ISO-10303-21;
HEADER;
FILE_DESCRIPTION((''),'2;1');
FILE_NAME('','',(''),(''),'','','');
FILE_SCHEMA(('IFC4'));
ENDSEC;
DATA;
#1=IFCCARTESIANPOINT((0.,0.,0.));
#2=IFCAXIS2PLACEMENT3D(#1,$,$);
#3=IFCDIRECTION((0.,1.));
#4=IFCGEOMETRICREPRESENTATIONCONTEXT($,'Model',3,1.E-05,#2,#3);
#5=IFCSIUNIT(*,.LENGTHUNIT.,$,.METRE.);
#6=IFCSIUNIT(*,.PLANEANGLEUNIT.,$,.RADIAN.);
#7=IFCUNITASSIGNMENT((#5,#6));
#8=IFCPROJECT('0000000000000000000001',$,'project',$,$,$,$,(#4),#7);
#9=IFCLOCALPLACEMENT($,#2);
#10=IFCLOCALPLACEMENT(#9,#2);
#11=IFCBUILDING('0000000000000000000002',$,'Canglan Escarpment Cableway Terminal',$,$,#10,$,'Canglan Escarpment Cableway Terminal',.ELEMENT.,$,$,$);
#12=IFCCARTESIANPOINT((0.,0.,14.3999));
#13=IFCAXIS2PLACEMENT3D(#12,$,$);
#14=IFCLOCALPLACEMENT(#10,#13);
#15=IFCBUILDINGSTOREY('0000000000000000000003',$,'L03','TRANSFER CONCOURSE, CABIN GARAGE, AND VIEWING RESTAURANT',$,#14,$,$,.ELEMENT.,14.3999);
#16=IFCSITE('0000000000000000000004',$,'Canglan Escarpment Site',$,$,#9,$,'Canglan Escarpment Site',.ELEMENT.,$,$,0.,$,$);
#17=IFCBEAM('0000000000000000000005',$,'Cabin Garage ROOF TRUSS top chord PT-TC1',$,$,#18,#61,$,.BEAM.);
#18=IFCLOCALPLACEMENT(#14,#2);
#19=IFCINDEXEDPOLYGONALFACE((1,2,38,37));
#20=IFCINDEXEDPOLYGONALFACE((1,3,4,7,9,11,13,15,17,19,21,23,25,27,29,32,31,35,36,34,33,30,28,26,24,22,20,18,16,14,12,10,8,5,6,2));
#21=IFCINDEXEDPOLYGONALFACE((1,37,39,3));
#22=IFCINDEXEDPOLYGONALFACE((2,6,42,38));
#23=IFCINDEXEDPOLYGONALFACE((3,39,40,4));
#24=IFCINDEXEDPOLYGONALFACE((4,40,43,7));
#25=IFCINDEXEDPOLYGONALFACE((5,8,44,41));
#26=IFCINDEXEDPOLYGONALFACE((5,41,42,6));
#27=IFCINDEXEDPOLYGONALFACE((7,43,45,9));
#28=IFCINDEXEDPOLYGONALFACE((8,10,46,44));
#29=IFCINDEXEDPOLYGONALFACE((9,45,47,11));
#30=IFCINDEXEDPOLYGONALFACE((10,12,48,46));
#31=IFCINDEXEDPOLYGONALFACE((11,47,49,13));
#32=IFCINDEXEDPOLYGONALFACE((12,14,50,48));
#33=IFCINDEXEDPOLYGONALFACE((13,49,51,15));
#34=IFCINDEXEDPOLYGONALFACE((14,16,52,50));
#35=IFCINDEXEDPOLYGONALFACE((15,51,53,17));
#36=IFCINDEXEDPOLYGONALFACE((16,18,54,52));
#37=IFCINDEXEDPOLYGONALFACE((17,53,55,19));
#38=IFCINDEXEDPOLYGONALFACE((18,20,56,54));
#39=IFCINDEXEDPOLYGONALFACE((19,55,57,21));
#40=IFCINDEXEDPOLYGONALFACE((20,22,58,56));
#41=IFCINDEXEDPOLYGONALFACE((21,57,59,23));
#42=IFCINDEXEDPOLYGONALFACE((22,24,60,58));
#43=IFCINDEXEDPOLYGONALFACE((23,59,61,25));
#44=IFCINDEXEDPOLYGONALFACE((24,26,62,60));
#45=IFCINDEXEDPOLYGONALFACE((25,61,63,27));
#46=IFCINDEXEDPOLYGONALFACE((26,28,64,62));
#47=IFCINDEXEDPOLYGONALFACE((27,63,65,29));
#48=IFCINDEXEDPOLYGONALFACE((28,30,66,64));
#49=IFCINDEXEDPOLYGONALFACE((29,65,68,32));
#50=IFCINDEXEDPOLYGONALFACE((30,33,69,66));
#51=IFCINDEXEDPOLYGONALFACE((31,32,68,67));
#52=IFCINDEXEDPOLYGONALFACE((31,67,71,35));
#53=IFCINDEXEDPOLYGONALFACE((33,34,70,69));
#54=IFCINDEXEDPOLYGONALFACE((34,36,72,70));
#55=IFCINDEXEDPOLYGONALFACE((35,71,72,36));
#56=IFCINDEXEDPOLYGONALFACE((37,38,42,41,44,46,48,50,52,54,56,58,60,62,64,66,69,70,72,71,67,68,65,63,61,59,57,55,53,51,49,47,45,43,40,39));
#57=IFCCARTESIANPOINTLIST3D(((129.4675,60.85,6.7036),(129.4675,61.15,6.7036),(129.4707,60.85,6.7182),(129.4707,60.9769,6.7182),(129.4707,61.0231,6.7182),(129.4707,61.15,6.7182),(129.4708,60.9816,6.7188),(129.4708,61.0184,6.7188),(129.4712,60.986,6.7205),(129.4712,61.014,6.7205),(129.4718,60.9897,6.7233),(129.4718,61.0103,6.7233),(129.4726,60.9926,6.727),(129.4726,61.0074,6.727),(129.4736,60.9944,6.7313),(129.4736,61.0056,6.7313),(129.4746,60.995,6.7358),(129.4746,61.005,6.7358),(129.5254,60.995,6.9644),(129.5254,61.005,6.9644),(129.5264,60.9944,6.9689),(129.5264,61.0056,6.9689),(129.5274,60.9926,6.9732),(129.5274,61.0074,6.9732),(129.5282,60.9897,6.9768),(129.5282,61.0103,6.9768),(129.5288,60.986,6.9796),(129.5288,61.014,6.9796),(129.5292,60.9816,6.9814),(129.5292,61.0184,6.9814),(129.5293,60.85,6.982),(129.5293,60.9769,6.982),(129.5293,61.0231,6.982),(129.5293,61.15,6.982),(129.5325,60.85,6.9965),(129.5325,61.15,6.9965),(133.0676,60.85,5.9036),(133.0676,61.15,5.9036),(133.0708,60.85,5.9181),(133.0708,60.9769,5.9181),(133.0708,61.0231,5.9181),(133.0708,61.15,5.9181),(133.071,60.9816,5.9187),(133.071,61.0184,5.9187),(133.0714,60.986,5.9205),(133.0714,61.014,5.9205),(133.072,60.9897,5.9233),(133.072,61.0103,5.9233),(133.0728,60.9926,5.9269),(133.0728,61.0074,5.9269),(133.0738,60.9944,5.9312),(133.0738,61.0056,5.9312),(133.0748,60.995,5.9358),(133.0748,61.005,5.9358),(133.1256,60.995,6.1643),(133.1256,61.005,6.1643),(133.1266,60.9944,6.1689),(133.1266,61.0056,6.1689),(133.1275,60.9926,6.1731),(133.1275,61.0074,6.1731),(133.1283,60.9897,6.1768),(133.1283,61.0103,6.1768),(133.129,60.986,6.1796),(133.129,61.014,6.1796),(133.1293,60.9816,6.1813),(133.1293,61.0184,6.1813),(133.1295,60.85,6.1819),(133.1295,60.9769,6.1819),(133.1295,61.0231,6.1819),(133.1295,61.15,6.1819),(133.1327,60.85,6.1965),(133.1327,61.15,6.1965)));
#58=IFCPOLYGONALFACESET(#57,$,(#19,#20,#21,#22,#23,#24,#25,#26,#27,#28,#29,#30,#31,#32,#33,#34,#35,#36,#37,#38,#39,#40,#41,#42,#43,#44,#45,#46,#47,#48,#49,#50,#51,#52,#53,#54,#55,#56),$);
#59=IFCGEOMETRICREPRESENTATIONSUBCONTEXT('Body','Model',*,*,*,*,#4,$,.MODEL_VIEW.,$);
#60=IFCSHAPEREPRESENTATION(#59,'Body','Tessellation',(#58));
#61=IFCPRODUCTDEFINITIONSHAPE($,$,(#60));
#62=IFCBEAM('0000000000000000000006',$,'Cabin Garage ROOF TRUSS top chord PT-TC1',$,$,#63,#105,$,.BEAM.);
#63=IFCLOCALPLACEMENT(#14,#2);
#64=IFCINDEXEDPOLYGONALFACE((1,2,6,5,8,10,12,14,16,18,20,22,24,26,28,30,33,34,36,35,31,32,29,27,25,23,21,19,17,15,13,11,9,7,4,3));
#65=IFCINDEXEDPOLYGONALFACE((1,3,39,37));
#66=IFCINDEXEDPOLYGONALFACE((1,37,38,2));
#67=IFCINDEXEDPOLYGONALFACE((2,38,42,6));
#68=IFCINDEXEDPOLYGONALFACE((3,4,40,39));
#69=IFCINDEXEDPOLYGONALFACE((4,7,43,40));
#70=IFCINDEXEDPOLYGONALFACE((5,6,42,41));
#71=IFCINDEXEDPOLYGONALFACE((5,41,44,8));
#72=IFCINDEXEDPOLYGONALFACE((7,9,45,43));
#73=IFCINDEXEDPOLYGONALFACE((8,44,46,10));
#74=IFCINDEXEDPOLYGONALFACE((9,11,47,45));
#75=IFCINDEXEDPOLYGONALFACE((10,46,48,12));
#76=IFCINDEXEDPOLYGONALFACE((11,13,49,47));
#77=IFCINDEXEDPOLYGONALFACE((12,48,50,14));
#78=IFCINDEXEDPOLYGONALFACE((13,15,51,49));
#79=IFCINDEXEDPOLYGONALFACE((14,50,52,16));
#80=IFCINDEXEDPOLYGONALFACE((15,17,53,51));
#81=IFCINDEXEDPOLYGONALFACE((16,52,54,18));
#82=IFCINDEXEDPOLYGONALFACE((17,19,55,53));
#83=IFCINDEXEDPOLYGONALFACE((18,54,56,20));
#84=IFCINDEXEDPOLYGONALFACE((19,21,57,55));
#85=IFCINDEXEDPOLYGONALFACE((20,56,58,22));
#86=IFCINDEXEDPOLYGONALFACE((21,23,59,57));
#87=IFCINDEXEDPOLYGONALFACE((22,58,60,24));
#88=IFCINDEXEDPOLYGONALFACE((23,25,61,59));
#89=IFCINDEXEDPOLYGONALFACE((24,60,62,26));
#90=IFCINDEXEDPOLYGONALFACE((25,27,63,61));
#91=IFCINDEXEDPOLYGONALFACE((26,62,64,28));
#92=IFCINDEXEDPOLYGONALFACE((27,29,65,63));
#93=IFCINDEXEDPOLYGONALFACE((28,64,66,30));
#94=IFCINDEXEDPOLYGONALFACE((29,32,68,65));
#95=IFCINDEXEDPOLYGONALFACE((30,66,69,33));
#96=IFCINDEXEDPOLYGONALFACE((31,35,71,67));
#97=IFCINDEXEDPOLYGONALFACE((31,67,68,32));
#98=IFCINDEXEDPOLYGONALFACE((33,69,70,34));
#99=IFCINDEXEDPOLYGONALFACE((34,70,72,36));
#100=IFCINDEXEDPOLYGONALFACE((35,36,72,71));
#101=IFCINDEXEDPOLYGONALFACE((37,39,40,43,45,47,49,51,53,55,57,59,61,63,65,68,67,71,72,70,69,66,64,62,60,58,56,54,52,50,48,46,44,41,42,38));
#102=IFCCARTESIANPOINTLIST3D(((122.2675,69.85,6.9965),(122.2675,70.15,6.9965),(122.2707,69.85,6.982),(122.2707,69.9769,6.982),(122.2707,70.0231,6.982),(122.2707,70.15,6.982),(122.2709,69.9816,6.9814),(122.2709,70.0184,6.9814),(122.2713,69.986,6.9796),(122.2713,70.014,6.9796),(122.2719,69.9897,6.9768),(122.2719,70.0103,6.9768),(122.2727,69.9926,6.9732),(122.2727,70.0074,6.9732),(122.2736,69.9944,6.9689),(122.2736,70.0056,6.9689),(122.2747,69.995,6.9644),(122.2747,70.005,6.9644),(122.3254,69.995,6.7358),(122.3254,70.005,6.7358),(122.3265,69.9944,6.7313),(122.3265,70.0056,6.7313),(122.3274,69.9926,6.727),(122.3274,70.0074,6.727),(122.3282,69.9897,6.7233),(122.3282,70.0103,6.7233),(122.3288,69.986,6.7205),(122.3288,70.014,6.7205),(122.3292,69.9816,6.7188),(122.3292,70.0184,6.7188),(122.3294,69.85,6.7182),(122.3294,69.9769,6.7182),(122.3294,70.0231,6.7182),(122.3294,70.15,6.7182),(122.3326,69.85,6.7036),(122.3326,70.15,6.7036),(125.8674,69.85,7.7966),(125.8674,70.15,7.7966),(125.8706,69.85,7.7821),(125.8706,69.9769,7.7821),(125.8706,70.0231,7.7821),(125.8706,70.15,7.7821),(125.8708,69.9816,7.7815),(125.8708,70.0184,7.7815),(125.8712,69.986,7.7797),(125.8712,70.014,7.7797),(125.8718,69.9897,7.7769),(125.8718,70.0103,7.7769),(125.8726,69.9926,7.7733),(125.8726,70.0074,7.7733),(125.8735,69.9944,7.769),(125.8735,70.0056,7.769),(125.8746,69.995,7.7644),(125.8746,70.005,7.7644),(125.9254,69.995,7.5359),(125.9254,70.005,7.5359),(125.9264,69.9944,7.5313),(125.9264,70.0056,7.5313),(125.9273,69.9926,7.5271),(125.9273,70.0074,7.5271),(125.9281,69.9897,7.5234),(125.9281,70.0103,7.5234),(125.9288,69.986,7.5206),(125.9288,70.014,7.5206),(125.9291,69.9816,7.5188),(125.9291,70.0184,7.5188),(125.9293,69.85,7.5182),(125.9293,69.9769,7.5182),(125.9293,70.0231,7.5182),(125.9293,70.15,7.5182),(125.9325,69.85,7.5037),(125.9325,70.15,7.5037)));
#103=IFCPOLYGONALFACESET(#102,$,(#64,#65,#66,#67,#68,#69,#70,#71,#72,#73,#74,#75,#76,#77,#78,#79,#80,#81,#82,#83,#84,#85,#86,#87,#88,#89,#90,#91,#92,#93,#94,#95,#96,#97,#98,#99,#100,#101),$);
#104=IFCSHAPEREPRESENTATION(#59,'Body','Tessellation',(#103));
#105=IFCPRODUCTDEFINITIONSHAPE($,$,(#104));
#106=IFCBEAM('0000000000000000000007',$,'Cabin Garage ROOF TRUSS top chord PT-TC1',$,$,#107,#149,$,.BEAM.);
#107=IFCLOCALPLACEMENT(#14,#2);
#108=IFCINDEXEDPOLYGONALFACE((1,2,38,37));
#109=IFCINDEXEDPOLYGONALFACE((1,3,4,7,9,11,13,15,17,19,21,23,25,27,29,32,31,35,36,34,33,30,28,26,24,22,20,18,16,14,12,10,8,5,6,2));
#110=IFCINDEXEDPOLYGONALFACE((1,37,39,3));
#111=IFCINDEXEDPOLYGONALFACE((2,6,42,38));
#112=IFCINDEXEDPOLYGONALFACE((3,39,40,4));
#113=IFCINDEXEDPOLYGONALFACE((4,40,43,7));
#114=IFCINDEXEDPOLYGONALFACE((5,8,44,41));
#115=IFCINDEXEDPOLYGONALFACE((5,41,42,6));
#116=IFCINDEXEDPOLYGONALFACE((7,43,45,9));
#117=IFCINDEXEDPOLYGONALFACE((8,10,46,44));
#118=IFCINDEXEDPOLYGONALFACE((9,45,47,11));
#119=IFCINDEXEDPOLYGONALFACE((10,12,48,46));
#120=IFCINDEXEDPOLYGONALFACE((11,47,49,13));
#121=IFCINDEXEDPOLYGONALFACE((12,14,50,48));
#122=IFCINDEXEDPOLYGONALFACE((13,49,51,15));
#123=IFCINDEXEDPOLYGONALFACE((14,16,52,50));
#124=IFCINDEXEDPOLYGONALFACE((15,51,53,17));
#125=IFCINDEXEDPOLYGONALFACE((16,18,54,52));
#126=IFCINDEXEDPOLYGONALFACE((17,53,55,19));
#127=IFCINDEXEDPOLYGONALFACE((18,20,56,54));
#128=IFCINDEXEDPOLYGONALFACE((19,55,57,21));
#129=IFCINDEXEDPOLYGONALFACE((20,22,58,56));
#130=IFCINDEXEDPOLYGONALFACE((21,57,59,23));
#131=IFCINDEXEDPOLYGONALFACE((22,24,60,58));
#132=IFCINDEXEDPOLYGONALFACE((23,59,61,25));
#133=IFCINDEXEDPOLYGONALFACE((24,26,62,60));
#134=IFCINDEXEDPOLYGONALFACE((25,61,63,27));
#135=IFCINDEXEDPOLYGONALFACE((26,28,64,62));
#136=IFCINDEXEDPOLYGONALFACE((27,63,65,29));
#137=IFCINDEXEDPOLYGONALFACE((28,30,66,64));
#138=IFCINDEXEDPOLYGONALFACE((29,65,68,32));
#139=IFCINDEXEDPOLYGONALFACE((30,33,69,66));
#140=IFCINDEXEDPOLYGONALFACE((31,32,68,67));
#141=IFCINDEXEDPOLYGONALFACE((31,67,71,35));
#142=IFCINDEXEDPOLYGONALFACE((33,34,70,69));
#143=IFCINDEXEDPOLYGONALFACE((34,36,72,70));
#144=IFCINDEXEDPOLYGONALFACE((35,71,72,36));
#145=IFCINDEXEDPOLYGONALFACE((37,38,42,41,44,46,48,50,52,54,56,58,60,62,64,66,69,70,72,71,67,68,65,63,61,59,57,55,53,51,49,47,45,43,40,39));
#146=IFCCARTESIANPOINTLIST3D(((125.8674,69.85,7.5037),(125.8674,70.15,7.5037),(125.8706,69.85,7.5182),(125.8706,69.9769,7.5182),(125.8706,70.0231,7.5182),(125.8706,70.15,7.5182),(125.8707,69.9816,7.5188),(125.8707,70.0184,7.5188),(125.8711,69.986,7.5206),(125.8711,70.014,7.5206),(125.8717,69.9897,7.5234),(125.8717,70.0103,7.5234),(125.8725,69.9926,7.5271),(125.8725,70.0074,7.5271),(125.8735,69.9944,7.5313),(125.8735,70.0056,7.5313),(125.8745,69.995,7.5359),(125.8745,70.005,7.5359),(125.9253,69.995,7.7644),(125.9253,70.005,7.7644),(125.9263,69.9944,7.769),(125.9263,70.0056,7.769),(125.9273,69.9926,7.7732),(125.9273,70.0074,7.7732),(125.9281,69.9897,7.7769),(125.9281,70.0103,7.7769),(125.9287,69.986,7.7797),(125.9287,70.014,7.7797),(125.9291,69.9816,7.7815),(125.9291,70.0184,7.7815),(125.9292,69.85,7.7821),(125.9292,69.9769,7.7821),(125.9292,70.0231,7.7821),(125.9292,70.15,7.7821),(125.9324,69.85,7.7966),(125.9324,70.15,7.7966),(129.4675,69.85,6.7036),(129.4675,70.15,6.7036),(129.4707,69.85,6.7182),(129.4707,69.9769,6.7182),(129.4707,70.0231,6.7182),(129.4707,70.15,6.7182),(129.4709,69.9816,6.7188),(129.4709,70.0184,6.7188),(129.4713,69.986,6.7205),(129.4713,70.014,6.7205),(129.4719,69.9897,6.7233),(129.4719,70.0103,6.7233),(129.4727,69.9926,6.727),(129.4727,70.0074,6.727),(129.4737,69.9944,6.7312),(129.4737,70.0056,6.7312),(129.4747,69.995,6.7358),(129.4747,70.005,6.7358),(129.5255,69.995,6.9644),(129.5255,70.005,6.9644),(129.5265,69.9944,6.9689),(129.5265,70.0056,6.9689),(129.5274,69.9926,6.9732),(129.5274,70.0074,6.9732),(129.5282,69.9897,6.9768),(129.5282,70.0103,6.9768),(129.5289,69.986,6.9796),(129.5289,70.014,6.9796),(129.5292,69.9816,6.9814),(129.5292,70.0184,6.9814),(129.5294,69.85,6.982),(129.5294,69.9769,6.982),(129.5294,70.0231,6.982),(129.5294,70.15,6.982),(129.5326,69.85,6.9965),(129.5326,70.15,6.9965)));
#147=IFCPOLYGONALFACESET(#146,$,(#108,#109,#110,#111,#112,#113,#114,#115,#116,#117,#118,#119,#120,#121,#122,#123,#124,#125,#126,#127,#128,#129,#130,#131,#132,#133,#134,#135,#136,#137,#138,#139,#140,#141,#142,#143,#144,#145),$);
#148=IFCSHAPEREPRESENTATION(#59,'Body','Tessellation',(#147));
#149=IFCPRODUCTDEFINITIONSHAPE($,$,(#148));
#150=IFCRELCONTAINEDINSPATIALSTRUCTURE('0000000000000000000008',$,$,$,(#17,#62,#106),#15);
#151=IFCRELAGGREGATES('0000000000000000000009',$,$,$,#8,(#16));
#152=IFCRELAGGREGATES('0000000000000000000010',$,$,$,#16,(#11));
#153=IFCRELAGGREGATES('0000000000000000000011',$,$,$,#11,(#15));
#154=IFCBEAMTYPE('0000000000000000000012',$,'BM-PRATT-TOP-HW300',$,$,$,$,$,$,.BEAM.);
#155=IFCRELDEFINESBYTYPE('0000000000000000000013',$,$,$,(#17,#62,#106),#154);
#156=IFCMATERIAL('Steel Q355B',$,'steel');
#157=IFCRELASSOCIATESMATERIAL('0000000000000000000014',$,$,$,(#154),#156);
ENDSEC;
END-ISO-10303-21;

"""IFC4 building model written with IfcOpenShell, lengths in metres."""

from ifc_helpers import new_model, si_unit, direction, frame, origin, origin_2d, place, context, subcontext, project, spatial, i_section, extrude, material, material_profile, profile_set, type_object, element, save


model = new_model("IFC4")

# Units and contexts
model_context = context("Model", 3, precision=1e-05, world=origin(), true_north=direction((0.0, 1.0)))
body_context = subcontext(model_context, "Body", "Model", "MODEL_VIEW")
ifc_project = project(units=[si_unit("LENGTHUNIT", "METRE"), si_unit("PLANEANGLEUNIT", "RADIAN")], contexts=[model_context])

# Site, building, storey
site_placement = place(None, origin())
site = spatial("IfcSite", under=ifc_project, at=site_placement, Name="Canglan Escarpment Site", LongName="Canglan Escarpment Site", CompositionType="ELEMENT", RefElevation=0.0)
building_placement = place(site_placement, origin())
building = spatial("IfcBuilding", under=site, at=building_placement, Name="Canglan Escarpment Cableway Terminal", LongName="Canglan Escarpment Cableway Terminal", CompositionType="ELEMENT")
storey_placement = place(building_placement, frame((0.0, 0.0, 14.3999)))
storey = spatial("IfcBuildingStorey", under=building, at=storey_placement, Name="L03", Description="TRANSFER CONCOURSE, CABIN GARAGE, AND VIEWING RESTAURANT", CompositionType="ELEMENT", Elevation=14.3999)

# Beams
ifc_material_1 = material(Name="Steel Q355B", Category="steel")
ifc_material_profile_1 = material_profile(ifc_material_1, i_section(OverallWidth=0.3, OverallDepth=0.3, WebThickness=0.01, FlangeThickness=0.0149, FilletRadius=0.0181, at=origin_2d()), Name="HW 300x300x10x15")
ifc_profile_set_1 = profile_set([ifc_material_profile_1], Name="Steel Q355B")
beam_type = type_object("IfcBeamType", Name="BM-PRATT-TOP-HW300", PredefinedType="BEAM", material=ifc_profile_set_1)
beam_1_placement = place(storey_placement, frame((129.5, 61.0, 6.8501), z_axis=(0.976186, 0.0, -0.216937), x_axis=(0.0, 1.0, 0.0)))
element("IfcBeam", 1, at=beam_1_placement, inside=storey, type_object=beam_type, Name="Cabin Garage ROOF TRUSS top chord PT-TC1", PredefinedType="BEAM", context=body_context, shape_type="SweptSolid", body=[
    extrude(i_section(OverallWidth=0.3, OverallDepth=0.3, WebThickness=0.01, FlangeThickness=0.0149, FilletRadius=0.0181, at=origin_2d()), origin(), (0.0, 0.0, 1.0), 3.688),
])
beam_2_placement = place(storey_placement, frame((122.3, 70.0, 6.8501), z_axis=(0.976182, 0.0, 0.216951), x_axis=(0.0, 1.0, 0.0)))
element("IfcBeam", 2, at=beam_2_placement, inside=storey, type_object=beam_type, Name="Cabin Garage ROOF TRUSS top chord PT-TC1", PredefinedType="BEAM", context=body_context, shape_type="SweptSolid", body=[
    extrude(i_section(OverallWidth=0.3, OverallDepth=0.3, WebThickness=0.01, FlangeThickness=0.0149, FilletRadius=0.0181, at=origin_2d()), origin(), (0.0, 0.0, 1.0), 3.6877),
])
beam_3_placement = place(storey_placement, frame((125.8999, 70.0, 7.6501), z_axis=(0.976186, 0.0, -0.216937), x_axis=(0.0, 1.0, 0.0)))
element("IfcBeam", 3, at=beam_3_placement, inside=storey, type_object=beam_type, Name="Cabin Garage ROOF TRUSS top chord PT-TC1", PredefinedType="BEAM", context=body_context, shape_type="SweptSolid", body=[
    extrude(i_section(OverallWidth=0.3, OverallDepth=0.3, WebThickness=0.01, FlangeThickness=0.0149, FilletRadius=0.0181, at=origin_2d()), origin(), (0.0, 0.0, 1.0), 3.688),
])

save(model, "model.ifc")
